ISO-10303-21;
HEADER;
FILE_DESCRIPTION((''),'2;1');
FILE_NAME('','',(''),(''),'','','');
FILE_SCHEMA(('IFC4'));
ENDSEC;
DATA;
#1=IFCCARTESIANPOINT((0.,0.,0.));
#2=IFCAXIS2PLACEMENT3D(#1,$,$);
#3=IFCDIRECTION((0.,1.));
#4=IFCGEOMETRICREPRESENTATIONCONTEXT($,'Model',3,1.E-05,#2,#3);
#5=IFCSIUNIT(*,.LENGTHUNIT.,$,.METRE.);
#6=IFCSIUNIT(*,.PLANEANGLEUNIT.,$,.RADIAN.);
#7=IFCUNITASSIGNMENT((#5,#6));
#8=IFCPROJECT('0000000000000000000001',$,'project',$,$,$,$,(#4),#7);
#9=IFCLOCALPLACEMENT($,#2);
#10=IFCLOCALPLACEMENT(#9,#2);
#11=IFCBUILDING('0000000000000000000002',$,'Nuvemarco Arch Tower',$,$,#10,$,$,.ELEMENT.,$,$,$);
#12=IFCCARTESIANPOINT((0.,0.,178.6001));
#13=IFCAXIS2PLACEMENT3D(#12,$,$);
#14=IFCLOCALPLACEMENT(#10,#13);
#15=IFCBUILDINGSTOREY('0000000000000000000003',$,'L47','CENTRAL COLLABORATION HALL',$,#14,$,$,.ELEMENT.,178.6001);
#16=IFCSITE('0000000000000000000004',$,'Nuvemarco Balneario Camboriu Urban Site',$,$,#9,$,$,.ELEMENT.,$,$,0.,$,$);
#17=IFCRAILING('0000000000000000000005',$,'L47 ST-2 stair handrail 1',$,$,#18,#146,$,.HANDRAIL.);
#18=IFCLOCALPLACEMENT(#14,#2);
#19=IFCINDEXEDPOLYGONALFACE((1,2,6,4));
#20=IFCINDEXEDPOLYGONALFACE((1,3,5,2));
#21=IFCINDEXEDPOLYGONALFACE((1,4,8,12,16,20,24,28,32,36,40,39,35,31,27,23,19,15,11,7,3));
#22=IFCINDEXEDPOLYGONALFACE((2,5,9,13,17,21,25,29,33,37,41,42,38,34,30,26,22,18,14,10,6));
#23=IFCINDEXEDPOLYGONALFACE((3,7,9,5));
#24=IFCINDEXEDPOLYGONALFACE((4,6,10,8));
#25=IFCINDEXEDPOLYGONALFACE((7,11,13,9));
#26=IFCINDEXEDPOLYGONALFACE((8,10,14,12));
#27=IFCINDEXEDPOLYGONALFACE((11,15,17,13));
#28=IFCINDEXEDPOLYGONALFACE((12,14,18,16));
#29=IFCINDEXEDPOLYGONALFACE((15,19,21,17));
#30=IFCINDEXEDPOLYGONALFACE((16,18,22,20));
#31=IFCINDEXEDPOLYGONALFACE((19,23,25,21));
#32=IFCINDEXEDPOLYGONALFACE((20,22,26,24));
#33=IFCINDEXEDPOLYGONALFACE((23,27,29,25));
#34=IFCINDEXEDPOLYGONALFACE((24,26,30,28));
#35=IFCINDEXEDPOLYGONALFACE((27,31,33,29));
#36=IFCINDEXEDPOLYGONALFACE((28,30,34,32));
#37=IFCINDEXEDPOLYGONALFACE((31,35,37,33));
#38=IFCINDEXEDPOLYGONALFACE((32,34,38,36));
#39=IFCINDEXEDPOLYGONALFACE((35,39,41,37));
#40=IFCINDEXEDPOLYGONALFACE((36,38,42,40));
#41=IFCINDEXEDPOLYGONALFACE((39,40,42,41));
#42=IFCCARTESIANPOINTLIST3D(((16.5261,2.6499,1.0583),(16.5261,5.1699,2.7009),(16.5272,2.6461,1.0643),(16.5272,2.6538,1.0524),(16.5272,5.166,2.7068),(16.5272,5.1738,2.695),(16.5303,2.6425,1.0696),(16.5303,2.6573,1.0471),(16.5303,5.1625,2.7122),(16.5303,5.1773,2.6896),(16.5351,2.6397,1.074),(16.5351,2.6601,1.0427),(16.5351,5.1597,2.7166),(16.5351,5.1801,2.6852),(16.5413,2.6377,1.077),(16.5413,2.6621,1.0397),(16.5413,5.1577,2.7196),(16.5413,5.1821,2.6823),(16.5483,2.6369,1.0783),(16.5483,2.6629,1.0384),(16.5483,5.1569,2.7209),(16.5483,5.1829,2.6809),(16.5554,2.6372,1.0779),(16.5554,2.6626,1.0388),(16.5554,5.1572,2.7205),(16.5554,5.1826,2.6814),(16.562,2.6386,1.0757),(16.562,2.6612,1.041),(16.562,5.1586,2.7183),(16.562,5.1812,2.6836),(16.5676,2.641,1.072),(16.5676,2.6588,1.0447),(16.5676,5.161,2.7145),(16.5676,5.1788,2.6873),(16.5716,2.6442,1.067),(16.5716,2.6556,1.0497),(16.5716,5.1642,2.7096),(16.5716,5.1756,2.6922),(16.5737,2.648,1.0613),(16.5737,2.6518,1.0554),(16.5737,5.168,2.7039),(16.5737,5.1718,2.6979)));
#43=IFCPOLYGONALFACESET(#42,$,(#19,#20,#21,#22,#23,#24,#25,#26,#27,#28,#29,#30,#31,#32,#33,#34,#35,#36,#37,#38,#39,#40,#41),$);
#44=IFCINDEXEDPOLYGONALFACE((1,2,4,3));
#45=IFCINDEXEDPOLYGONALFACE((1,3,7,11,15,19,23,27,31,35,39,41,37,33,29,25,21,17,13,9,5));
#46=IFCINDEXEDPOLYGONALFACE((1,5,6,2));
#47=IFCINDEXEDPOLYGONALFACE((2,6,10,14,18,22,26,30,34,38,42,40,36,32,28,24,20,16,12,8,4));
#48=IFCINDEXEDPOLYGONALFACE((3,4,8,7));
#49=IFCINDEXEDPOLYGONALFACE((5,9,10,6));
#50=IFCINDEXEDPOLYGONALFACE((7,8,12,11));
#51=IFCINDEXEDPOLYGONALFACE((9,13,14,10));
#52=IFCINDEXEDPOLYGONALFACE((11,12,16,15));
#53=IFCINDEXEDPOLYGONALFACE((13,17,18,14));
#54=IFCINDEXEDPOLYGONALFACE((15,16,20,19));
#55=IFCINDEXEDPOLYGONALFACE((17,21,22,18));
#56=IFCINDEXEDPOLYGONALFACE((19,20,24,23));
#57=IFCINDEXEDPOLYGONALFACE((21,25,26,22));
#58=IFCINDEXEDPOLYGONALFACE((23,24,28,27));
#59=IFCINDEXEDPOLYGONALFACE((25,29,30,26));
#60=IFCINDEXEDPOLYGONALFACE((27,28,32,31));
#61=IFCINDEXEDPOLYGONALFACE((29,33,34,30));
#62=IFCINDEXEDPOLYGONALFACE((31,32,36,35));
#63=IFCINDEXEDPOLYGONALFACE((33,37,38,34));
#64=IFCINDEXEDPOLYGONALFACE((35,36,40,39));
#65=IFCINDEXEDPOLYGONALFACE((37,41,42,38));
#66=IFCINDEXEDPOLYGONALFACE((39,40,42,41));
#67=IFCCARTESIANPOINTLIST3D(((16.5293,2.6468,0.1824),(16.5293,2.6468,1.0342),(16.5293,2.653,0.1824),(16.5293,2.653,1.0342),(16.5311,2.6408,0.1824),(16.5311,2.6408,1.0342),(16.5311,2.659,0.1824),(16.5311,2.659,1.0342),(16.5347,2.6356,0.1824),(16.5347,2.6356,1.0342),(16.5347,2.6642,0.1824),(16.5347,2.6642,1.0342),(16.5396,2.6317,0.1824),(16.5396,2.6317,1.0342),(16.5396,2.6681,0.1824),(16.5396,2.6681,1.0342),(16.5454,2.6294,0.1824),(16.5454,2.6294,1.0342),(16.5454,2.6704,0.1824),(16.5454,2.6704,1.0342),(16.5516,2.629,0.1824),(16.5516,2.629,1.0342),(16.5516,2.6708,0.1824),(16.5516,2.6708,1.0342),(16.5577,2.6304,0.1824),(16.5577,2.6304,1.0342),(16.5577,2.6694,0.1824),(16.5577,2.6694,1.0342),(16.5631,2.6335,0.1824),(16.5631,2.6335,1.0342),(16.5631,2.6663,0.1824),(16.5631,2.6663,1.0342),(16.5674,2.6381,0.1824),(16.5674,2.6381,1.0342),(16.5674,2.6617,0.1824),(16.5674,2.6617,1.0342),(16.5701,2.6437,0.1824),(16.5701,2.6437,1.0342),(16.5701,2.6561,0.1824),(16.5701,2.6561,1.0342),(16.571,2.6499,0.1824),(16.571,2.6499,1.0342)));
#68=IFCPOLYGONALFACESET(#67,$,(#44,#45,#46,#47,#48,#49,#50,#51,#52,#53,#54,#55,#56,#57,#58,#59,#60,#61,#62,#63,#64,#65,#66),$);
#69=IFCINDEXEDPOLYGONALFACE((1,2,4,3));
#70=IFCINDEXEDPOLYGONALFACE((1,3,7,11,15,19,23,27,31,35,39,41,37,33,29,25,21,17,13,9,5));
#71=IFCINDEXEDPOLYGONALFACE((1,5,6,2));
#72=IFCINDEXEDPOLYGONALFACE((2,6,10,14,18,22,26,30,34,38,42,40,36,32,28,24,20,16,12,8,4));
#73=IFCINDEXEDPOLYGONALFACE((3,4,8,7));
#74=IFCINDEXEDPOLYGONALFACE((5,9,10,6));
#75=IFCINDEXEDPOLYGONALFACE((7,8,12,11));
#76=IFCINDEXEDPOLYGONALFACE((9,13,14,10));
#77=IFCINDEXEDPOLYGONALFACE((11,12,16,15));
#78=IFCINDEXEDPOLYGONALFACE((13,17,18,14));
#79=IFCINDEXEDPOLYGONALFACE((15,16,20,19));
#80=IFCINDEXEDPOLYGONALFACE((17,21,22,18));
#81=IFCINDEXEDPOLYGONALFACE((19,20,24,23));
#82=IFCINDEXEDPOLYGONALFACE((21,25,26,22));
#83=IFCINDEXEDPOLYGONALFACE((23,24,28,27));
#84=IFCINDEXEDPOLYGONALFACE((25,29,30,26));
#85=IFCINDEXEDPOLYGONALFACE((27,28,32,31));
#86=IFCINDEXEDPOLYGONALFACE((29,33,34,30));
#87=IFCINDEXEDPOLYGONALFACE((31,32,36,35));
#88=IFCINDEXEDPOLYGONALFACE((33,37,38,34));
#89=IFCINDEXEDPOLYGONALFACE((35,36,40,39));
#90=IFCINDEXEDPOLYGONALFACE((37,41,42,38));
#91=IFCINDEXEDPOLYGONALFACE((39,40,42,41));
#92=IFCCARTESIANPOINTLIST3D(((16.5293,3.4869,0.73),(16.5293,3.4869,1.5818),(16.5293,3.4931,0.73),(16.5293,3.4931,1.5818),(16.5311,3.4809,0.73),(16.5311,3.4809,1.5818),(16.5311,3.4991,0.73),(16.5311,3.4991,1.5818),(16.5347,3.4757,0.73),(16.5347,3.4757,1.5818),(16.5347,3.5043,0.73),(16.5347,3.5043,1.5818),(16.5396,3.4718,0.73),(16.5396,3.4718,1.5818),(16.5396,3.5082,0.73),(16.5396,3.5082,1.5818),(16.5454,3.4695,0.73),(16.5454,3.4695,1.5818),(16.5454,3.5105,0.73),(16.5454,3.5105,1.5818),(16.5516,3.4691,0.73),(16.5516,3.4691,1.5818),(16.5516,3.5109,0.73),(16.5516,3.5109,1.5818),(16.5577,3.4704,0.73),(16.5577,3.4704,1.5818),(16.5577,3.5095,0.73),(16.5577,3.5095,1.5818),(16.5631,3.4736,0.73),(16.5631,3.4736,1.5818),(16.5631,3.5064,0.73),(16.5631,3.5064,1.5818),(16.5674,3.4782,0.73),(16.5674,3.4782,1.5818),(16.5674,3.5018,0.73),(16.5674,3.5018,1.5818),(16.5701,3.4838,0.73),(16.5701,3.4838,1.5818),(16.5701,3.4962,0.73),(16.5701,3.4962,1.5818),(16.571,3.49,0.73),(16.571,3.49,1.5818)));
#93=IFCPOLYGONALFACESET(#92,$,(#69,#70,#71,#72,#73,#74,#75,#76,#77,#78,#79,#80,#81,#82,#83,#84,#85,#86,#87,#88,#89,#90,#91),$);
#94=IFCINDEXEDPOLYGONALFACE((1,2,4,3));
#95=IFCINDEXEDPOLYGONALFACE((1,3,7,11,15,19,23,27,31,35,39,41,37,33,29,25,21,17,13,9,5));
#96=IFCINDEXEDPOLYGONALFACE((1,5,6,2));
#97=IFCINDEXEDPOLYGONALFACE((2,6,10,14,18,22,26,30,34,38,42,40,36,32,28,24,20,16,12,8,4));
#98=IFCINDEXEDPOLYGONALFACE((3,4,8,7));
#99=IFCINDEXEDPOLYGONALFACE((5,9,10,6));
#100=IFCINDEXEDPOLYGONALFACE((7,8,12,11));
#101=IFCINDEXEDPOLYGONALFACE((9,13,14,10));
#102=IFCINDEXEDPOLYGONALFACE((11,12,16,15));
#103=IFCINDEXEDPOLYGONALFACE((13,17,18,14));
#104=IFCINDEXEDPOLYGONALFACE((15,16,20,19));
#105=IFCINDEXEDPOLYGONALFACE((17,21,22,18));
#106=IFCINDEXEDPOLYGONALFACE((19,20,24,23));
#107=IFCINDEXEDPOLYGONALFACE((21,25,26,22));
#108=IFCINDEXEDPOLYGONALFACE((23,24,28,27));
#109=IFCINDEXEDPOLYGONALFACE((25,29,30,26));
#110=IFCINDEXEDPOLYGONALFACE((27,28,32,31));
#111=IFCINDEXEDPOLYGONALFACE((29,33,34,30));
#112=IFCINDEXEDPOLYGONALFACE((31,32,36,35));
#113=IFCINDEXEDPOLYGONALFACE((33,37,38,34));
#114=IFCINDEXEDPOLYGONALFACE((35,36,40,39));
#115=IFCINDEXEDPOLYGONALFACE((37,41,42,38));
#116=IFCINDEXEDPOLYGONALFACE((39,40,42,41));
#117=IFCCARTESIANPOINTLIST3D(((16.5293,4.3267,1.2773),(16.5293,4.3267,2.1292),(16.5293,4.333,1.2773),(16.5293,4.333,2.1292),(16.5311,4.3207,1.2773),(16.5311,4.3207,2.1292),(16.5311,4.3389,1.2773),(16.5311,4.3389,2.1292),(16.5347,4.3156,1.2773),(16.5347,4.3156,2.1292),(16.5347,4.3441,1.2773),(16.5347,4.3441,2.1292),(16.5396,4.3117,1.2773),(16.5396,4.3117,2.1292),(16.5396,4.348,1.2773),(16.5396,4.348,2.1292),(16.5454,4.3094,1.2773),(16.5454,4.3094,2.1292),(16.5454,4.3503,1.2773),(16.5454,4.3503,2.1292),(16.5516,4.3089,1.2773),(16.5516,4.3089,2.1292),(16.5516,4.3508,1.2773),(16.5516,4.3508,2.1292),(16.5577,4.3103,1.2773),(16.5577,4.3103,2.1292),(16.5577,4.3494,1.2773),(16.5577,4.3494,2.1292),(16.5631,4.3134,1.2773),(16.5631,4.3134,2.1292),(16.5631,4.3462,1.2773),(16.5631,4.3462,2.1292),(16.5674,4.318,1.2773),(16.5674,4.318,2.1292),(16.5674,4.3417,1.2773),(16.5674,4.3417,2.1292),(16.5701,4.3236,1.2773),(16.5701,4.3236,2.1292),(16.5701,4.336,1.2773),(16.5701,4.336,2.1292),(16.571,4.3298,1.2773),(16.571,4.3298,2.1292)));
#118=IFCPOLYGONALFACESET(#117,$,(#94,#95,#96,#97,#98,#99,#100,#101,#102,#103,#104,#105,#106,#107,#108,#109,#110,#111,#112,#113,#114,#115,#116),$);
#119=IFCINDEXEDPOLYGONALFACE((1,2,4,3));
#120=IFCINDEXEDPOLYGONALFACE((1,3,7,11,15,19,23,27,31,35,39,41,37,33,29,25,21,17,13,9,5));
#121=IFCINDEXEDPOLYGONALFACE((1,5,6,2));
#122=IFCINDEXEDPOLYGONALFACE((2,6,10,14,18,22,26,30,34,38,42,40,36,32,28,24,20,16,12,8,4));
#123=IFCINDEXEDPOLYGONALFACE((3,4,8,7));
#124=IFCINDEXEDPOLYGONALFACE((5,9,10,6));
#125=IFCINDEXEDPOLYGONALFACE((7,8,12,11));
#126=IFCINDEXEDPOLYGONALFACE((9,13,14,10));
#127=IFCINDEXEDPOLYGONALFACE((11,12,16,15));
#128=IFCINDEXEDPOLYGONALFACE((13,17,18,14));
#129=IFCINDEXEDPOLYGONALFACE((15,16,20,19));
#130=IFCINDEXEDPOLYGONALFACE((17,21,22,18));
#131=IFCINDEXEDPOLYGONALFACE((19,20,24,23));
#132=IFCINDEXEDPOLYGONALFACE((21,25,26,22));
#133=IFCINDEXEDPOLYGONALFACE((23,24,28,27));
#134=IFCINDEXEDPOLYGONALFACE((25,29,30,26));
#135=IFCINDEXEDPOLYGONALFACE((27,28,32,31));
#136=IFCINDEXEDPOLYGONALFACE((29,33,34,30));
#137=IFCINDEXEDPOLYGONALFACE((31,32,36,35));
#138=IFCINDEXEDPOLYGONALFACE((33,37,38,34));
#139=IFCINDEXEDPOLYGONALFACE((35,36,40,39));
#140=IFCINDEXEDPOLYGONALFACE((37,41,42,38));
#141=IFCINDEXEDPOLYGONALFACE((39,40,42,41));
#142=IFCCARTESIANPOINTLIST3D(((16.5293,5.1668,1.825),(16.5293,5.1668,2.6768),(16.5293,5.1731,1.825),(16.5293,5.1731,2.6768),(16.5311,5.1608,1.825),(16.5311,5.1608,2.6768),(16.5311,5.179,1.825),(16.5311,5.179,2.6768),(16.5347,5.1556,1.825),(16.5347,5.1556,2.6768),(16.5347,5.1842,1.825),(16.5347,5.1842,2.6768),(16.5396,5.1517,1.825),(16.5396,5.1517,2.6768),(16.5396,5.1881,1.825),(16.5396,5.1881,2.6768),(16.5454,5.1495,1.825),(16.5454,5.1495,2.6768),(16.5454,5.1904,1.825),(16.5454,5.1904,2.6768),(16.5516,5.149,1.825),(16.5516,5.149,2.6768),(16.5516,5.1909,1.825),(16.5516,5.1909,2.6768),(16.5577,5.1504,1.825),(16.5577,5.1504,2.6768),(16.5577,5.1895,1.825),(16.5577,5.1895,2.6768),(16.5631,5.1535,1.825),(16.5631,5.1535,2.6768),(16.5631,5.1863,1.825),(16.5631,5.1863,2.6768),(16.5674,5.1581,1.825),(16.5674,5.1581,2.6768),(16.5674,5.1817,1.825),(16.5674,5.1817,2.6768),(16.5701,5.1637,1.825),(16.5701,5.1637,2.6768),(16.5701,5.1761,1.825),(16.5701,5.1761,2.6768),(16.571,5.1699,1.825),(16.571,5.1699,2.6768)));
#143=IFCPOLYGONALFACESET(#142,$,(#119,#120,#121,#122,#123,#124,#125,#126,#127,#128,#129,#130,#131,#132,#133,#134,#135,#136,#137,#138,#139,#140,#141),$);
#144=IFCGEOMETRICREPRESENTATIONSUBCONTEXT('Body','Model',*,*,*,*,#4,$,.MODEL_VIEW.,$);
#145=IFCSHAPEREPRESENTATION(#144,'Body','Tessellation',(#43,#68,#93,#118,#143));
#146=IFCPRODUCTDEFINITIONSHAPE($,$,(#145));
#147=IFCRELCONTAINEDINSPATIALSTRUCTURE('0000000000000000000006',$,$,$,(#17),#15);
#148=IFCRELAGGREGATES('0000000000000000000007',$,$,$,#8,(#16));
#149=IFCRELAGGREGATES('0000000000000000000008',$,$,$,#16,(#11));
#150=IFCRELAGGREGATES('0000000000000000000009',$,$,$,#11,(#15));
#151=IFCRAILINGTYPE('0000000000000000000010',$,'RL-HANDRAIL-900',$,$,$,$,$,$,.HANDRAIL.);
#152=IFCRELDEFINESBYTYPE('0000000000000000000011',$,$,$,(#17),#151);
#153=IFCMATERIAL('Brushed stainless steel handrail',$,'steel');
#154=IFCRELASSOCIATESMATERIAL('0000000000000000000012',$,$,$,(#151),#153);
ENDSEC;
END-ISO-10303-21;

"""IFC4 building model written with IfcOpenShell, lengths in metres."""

from ifc_helpers import new_model, si_unit, direction, frame, origin, origin_2d, place, context, subcontext, project, spatial, circle, extrude, material, type_object, element, save


model = new_model("IFC4")

# Units and contexts
model_context = context("Model", 3, precision=1e-05, world=origin(), true_north=direction((0.0, 1.0)))
body_context = subcontext(model_context, "Body", "Model", "MODEL_VIEW")
ifc_project = project(units=[si_unit("LENGTHUNIT", "METRE"), si_unit("PLANEANGLEUNIT", "RADIAN")], contexts=[model_context])

# Site, building, storey
site_placement = place(None, origin())
site = spatial("IfcSite", under=ifc_project, at=site_placement, Name="Nuvemarco Balneario Camboriu Urban Site", CompositionType="ELEMENT", RefElevation=0.0)
building_placement = place(site_placement, origin())
building = spatial("IfcBuilding", under=site, at=building_placement, Name="Nuvemarco Arch Tower", CompositionType="ELEMENT")
storey_placement = place(building_placement, frame((0.0, 0.0, 178.6001)))
storey = spatial("IfcBuildingStorey", under=building, at=storey_placement, Name="L47", Description="CENTRAL COLLABORATION HALL", CompositionType="ELEMENT", Elevation=178.6001)

# Railing
ifc_material_1 = material(Name="Brushed stainless steel handrail", Category="steel")
railing_type_1 = type_object("IfcRailingType", Name="RL-HANDRAIL-900", PredefinedType="HANDRAIL", material=ifc_material_1)
railing_1_placement = place(storey_placement, frame((16.55, 2.6499, 0.1824)))
element("IfcRailing", 1, at=railing_1_placement, inside=storey, type_object=railing_type_1, Name="L47 ST-2 stair handrail 1", PredefinedType="HANDRAIL", context=body_context, shape_type="SweptSolid", body=[
    extrude(circle(Radius=0.0239, at=origin_2d()), frame((0.0, 0.0, 0.876), z_axis=(0.0, 0.837749, 0.546055), x_axis=(-1.0, 0.0, 0.0)), (0.0, 0.0, 1.0), 3.0081),
    extrude(circle(Radius=0.021, at=origin_2d()), origin(), (0.0, 0.0, 1.0), 0.8518),
    extrude(circle(Radius=0.021, at=origin_2d()), frame((0.0, 0.8401, 0.5476)), (0.0, 0.0, 1.0), 0.8518),
    extrude(circle(Radius=0.021, at=origin_2d()), frame((0.0, 1.6799, 1.095)), (0.0, 0.0, 1.0), 0.8518),
    extrude(circle(Radius=0.021, at=origin_2d()), frame((0.0, 2.52, 1.6426)), (0.0, 0.0, 1.0), 0.8518),
])

save(model, "model.ifc")
